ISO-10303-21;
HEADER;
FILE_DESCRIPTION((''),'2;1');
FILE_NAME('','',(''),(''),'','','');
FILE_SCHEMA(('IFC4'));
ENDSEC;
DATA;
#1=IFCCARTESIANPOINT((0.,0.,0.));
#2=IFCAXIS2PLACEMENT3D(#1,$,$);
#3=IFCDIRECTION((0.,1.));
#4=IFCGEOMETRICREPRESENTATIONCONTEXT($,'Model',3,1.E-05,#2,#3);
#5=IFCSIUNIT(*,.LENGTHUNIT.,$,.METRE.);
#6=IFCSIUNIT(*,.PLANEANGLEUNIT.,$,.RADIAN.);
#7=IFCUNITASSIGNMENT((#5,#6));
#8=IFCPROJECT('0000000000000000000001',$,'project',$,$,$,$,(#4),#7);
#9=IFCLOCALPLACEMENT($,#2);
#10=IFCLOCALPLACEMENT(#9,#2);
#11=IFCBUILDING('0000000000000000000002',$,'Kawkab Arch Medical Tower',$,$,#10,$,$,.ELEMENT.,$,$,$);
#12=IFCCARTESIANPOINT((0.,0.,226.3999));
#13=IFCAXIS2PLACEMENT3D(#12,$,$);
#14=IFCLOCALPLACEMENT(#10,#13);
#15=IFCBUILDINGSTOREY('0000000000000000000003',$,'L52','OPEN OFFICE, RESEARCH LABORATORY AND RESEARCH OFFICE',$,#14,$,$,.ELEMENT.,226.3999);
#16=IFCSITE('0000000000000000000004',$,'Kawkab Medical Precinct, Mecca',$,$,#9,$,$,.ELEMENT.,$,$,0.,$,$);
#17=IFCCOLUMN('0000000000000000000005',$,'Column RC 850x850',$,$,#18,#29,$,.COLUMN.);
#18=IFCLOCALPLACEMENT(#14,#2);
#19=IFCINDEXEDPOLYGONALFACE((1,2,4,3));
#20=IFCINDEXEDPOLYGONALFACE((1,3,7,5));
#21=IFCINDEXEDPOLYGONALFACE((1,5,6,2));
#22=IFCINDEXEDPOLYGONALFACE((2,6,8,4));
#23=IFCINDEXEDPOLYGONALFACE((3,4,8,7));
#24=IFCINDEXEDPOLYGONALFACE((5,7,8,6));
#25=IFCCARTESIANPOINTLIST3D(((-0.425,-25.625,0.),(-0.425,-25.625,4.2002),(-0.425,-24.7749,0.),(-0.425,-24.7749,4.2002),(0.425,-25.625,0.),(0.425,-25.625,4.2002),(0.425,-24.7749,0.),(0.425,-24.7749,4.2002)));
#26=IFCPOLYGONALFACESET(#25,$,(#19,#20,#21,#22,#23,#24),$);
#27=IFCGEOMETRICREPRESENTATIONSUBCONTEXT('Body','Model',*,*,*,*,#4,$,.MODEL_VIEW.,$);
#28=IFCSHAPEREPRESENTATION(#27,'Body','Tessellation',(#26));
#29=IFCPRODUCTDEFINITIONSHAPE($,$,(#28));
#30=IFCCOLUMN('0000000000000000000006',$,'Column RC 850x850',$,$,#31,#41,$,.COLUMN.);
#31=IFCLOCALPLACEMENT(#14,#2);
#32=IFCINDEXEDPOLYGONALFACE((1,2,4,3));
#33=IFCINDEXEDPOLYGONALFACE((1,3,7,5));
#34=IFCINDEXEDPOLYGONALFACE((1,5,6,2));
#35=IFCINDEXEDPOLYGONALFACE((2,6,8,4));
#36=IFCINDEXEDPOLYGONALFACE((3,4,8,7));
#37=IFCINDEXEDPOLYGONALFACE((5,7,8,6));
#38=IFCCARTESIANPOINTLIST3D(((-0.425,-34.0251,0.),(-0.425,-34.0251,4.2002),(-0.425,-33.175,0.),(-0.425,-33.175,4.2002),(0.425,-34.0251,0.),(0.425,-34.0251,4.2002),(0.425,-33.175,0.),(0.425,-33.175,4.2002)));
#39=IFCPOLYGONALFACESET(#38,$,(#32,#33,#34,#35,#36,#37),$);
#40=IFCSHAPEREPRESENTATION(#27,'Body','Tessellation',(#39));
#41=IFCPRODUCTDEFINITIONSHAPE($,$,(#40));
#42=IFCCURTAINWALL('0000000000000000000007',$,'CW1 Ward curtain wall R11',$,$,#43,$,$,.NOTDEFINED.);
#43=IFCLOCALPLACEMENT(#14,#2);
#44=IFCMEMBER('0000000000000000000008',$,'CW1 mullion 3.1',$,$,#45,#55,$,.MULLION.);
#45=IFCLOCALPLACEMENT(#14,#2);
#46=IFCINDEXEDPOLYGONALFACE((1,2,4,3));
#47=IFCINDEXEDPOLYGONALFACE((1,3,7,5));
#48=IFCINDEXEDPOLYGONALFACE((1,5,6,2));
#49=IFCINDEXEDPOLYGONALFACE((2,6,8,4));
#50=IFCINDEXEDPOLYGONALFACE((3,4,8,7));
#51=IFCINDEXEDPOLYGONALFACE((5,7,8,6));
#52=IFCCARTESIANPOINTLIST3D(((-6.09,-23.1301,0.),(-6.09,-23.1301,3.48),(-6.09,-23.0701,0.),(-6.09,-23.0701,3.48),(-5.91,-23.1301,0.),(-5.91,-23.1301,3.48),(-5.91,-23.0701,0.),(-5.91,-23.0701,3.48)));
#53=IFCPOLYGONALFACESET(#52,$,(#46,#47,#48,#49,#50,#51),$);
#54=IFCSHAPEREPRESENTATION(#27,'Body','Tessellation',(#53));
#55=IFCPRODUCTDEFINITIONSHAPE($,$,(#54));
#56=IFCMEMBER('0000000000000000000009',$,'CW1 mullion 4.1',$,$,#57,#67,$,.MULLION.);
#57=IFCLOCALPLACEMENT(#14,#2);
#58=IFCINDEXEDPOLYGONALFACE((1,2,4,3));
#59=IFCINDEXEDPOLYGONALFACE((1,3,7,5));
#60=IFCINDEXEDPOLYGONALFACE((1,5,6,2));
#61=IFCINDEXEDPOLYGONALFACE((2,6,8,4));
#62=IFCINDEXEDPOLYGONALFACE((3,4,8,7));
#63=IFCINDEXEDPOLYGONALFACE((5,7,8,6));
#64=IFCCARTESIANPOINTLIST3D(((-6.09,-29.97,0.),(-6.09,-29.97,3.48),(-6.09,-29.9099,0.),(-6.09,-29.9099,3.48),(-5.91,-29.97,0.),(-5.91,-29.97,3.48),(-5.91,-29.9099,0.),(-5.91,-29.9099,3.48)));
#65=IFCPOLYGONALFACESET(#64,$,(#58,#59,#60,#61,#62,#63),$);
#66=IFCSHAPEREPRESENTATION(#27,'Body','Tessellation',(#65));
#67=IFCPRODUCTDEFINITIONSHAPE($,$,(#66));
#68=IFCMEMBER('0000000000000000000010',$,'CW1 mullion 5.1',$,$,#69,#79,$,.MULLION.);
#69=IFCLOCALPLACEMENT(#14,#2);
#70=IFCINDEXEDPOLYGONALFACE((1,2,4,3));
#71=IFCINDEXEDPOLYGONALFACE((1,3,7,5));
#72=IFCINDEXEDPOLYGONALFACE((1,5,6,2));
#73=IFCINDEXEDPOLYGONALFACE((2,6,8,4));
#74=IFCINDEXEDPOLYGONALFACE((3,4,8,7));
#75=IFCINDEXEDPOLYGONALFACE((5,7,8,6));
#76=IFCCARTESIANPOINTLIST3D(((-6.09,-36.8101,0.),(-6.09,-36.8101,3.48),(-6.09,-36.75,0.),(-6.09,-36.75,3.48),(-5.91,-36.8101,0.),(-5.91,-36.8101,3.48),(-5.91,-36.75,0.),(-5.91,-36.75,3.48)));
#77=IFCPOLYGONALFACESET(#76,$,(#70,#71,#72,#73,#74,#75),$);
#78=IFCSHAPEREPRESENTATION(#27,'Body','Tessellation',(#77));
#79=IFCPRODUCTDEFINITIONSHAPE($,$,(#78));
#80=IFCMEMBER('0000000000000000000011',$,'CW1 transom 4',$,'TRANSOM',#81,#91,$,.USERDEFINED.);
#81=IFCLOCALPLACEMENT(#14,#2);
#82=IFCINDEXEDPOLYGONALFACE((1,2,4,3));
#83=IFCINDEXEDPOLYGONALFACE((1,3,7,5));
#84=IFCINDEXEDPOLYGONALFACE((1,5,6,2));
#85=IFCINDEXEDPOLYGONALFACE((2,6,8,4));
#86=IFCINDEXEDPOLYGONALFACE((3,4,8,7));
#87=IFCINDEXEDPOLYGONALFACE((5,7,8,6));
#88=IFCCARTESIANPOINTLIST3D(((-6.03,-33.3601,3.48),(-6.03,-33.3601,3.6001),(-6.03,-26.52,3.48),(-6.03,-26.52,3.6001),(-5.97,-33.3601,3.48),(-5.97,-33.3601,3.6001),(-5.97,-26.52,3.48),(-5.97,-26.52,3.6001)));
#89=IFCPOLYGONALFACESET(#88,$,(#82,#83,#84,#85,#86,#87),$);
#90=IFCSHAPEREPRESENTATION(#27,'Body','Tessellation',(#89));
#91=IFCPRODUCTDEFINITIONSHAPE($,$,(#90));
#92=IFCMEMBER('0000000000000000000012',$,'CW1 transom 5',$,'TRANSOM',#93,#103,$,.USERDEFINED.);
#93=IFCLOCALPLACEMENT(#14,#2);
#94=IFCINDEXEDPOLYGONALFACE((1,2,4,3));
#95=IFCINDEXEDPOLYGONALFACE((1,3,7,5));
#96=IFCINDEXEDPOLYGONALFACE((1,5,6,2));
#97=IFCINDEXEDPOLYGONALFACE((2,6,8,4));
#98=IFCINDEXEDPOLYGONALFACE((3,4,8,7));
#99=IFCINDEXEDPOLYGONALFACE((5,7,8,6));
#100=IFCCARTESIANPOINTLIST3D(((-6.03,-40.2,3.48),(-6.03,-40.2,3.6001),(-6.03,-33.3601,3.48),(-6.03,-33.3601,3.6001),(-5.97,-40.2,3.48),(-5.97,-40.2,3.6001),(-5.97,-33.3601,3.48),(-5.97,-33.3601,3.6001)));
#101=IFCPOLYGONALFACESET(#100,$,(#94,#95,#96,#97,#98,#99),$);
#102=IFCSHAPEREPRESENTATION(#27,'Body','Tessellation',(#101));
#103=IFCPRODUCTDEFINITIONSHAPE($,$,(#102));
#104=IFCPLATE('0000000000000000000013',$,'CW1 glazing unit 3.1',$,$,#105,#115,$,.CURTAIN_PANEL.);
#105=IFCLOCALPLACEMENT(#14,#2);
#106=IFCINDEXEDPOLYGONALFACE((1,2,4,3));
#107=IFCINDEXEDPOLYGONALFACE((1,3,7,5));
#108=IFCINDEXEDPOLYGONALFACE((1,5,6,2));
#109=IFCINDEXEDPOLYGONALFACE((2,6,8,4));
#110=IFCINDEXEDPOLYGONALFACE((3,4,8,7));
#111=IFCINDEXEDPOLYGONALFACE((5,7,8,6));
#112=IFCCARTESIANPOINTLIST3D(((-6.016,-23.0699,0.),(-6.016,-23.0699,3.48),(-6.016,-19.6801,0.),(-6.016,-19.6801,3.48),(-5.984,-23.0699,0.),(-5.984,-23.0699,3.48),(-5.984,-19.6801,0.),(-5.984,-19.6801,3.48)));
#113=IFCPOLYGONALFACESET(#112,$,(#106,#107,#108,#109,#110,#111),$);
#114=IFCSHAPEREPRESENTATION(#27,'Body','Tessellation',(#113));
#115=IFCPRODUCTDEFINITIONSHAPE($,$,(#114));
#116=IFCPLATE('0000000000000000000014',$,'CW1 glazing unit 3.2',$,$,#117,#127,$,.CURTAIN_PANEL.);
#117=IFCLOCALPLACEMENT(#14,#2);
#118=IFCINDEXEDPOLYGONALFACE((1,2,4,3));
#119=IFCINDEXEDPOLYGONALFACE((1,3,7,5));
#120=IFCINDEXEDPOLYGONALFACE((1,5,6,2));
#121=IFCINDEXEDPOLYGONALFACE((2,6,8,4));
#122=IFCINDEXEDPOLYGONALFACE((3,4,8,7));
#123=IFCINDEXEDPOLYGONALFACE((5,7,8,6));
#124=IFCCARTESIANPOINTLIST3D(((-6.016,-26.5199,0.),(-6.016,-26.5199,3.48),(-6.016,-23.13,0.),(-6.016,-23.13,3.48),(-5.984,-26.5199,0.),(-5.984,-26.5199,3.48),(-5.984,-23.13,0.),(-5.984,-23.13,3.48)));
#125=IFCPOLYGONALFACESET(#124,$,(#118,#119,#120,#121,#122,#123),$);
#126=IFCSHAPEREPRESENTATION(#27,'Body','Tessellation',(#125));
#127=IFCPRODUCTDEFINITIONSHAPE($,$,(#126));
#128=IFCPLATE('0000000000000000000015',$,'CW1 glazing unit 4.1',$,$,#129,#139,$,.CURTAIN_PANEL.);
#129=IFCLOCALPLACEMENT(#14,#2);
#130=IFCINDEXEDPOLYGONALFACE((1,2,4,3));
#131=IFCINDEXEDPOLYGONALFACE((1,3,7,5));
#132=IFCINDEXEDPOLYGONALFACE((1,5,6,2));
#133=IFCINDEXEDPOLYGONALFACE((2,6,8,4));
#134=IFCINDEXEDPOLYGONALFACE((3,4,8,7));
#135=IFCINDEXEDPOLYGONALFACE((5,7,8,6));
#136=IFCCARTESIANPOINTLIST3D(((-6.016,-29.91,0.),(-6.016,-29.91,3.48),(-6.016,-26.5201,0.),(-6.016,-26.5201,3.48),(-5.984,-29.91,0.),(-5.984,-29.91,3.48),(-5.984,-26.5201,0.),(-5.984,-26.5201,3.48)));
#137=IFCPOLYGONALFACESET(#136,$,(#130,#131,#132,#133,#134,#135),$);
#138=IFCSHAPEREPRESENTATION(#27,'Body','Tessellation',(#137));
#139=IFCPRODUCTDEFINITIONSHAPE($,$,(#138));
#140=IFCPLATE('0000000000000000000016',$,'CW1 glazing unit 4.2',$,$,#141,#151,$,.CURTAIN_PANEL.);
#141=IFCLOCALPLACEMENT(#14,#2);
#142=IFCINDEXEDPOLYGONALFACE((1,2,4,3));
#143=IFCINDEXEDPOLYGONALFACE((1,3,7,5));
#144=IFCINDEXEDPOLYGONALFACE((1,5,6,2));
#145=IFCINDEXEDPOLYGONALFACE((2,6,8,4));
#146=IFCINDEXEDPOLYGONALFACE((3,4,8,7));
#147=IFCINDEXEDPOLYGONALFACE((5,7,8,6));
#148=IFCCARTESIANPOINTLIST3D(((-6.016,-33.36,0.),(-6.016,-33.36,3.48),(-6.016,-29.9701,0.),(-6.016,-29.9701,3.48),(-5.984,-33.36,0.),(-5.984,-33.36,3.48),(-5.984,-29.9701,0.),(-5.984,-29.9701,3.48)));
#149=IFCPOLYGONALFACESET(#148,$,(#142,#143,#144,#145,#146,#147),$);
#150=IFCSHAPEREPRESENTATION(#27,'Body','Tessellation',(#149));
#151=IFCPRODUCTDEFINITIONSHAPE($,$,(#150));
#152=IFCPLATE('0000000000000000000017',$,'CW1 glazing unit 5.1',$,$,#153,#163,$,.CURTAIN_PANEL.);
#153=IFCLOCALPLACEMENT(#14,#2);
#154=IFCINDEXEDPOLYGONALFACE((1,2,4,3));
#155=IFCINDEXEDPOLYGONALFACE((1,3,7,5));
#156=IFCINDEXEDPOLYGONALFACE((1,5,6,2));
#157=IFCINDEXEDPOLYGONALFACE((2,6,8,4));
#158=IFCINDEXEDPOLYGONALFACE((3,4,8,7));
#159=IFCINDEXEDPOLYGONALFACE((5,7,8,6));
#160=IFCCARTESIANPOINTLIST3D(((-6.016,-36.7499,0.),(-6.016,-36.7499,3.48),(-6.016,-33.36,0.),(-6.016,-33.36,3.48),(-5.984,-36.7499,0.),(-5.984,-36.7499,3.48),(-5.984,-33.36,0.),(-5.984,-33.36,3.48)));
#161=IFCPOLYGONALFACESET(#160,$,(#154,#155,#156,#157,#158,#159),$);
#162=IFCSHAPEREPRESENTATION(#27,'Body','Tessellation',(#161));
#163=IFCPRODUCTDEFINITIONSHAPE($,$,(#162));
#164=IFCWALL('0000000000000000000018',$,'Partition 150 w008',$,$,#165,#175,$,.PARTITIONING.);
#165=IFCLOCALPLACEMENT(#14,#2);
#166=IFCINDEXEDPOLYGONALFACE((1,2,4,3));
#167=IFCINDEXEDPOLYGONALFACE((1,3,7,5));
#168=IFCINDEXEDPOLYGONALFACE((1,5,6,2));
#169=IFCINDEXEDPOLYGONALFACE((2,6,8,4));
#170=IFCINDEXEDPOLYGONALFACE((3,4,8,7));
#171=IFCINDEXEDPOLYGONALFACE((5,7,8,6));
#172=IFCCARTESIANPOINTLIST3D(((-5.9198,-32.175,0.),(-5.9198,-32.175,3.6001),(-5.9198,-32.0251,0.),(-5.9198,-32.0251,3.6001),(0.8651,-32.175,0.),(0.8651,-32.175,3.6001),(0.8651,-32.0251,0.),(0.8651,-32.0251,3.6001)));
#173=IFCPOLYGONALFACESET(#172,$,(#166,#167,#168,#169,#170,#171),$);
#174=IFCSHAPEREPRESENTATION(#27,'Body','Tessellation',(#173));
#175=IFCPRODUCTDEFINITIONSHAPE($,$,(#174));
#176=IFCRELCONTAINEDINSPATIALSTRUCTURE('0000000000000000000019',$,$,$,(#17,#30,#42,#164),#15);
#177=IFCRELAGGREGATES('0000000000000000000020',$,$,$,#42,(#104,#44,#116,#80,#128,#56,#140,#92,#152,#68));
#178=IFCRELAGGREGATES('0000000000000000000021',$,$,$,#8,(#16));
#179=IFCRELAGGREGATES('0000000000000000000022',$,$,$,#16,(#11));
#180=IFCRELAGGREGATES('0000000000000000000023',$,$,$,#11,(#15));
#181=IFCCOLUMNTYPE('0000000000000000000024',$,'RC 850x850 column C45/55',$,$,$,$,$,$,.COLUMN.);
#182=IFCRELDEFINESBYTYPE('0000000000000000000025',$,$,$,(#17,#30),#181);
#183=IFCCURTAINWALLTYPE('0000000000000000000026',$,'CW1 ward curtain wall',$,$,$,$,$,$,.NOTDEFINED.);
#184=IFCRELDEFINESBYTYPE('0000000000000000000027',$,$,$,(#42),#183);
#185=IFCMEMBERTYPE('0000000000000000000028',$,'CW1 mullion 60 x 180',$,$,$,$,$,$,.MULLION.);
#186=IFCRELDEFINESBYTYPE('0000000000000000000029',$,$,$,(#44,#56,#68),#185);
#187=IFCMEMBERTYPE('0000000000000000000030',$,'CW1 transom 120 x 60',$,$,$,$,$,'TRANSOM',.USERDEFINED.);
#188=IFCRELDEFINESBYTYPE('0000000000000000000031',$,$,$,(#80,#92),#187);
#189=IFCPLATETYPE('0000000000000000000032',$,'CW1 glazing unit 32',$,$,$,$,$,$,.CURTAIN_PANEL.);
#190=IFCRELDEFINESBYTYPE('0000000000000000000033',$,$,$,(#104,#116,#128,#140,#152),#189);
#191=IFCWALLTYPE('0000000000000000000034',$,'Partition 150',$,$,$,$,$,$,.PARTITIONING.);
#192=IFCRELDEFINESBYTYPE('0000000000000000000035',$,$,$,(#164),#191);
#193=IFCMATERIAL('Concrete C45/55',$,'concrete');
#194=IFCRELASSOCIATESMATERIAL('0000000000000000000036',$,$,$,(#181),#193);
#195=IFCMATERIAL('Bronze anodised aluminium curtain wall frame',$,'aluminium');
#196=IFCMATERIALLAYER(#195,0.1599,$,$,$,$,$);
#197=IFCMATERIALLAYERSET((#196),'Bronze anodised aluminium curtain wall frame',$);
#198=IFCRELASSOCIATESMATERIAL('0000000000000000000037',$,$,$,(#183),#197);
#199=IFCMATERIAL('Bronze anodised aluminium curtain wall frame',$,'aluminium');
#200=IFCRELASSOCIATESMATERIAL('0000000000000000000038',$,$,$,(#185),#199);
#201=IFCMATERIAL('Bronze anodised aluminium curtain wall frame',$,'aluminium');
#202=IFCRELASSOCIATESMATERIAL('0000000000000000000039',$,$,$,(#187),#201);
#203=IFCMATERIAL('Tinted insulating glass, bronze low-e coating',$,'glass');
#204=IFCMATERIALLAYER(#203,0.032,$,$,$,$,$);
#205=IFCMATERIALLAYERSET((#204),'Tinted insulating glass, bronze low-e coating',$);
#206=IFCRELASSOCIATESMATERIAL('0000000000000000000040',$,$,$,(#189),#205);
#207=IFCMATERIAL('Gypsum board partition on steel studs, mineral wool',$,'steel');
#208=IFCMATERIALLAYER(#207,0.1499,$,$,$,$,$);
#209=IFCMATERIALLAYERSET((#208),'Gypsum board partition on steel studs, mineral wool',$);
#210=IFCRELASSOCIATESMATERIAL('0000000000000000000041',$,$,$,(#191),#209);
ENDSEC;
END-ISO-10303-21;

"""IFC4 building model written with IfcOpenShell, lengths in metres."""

from ifc_helpers import new_model, si_unit, direction, frame, frame_2d, origin, origin_2d, place, context, subcontext, project, spatial, rectangle, extrude, material, layer, layer_set, material_profile, profile_set, type_object, element, aggregate, save


model = new_model("IFC4")

# Units and contexts
model_context = context("Model", 3, precision=1e-05, world=origin(), true_north=direction((0.0, 1.0)))
body_context = subcontext(model_context, "Body", "Model", "MODEL_VIEW")
ifc_project = project(units=[si_unit("LENGTHUNIT", "METRE"), si_unit("PLANEANGLEUNIT", "RADIAN")], contexts=[model_context])

# Site, building, storey
site_placement = place(None, origin())
site = spatial("IfcSite", under=ifc_project, at=site_placement, Name="Kawkab Medical Precinct, Mecca", CompositionType="ELEMENT", RefElevation=0.0)
building_placement = place(site_placement, origin())
building = spatial("IfcBuilding", under=site, at=building_placement, Name="Kawkab Arch Medical Tower", CompositionType="ELEMENT")
storey_placement = place(building_placement, frame((0.0, 0.0, 226.3999)))
storey = spatial("IfcBuildingStorey", under=building, at=storey_placement, Name="L52", Description="OPEN OFFICE, RESEARCH LABORATORY AND RESEARCH OFFICE", CompositionType="ELEMENT", Elevation=226.3999)

# Columns
ifc_material_1 = material(Name="Concrete C45/55", Category="concrete")
ifc_material_profile_1 = material_profile(ifc_material_1, rectangle(XDim=0.8501, YDim=0.8501, at=origin_2d()), Name="RC 850x850")
ifc_profile_set_1 = profile_set([ifc_material_profile_1], Name="Concrete C45/55")
column_type = type_object("IfcColumnType", Name="RC 850x850 column C45/55", PredefinedType="COLUMN", material=ifc_profile_set_1)
for number, where, z_axis, x_axis, name in (
    (1, (0.0, -25.2, 0.0), (0.0, 0.0, 1.0), (1.0, 0.0, 0.0), "Column RC 850x850"),
    (2, (0.0, -33.6001, 0.0), (0.0, 0.0, 1.0), (1.0, 0.0, 0.0), "Column RC 850x850"),
):
    element("IfcColumn", number, at=place(storey_placement, frame(where, z_axis=z_axis, x_axis=x_axis)), inside=storey, type_object=column_type, Name=name, PredefinedType="COLUMN", context=body_context, shape_type="SweptSolid", body=[
        extrude(rectangle(XDim=0.8501, YDim=0.8501, at=origin_2d()), origin(), (0.0, 0.0, 1.0), 4.2002),
    ])

# Curtain wall, members, plates
ifc_material_2 = material(Name="Bronze anodised aluminium curtain wall frame", Category="aluminium")
ifc_layer_1 = layer(ifc_material_2, 0.1599)
ifc_layer_set_1 = layer_set([ifc_layer_1], Name="Bronze anodised aluminium curtain wall frame")
curtain_wall_type = type_object("IfcCurtainWallType", Name="CW1 ward curtain wall", PredefinedType="NOTDEFINED", material=ifc_layer_set_1)
curtain_wall_placement = place(storey_placement, origin())
curtain_wall = element("IfcCurtainWall", 3, at=curtain_wall_placement, inside=storey, type_object=curtain_wall_type, Name="CW1 Ward curtain wall R11", PredefinedType="NOTDEFINED")
ifc_material_3 = material(Name="Bronze anodised aluminium curtain wall frame", Category="aluminium")
ifc_material_profile_2 = material_profile(ifc_material_3, rectangle(XDim=0.1799, YDim=0.0601, at=origin_2d()), Name="AL 60x180")
ifc_profile_set_2 = profile_set([ifc_material_profile_2], Name="Bronze anodised aluminium curtain wall frame")
member_type_1 = type_object("IfcMemberType", Name="CW1 mullion 60 x 180", PredefinedType="MULLION", material=ifc_profile_set_2)
member_1_placement = place(storey_placement, frame((-6.0, -23.1001, 0.0), z_axis=(0.0, 0.0, 1.0), x_axis=(1.0, 0.0, 0.0)))
member_1 = element("IfcMember", 4, at=member_1_placement, type_object=member_type_1, Name="CW1 mullion 3.1", PredefinedType="MULLION", context=body_context, shape_type="SweptSolid", body=[
    extrude(rectangle(XDim=0.1799, YDim=0.0601, at=origin_2d()), origin(), (0.0, 0.0, 1.0), 3.48),
])
member_2_placement = place(storey_placement, frame((-6.0, -29.9399, 0.0), z_axis=(0.0, 0.0, 1.0), x_axis=(1.0, 0.0, 0.0)))
member_2 = element("IfcMember", 5, at=member_2_placement, type_object=member_type_1, Name="CW1 mullion 4.1", PredefinedType="MULLION", context=body_context, shape_type="SweptSolid", body=[
    extrude(rectangle(XDim=0.1799, YDim=0.0601, at=origin_2d()), origin(), (0.0, 0.0, 1.0), 3.48),
])
member_3_placement = place(storey_placement, frame((-6.0, -36.78, 0.0), z_axis=(0.0, 0.0, 1.0), x_axis=(1.0, 0.0, 0.0)))
member_3 = element("IfcMember", 6, at=member_3_placement, type_object=member_type_1, Name="CW1 mullion 5.1", PredefinedType="MULLION", context=body_context, shape_type="SweptSolid", body=[
    extrude(rectangle(XDim=0.1799, YDim=0.0601, at=origin_2d()), origin(), (0.0, 0.0, 1.0), 3.48),
])
ifc_material_4 = material(Name="Bronze anodised aluminium curtain wall frame", Category="aluminium")
ifc_material_profile_3 = material_profile(ifc_material_4, rectangle(XDim=0.0601, YDim=0.1201, at=origin_2d()), Name="AL 60x120")
ifc_profile_set_3 = profile_set([ifc_material_profile_3], Name="Bronze anodised aluminium curtain wall frame")
member_type_2 = type_object("IfcMemberType", Name="CW1 transom 120 x 60", ElementType="TRANSOM", PredefinedType="USERDEFINED", material=ifc_profile_set_3)
member_4_placement = place(storey_placement, frame((-6.0, -26.52, 3.54), z_axis=(0.0, -1.0, 0.0), x_axis=(1.0, 0.0, 0.0)))
member_4 = element("IfcMember", 7, at=member_4_placement, type_object=member_type_2, Name="CW1 transom 4", ObjectType="TRANSOM", PredefinedType="USERDEFINED", context=body_context, shape_type="SweptSolid", body=[
    extrude(rectangle(XDim=0.0601, YDim=0.1201, at=origin_2d()), origin(), (0.0, 0.0, 1.0), 6.8401),
])
member_5_placement = place(storey_placement, frame((-6.0, -33.3601, 3.54), z_axis=(0.0, -1.0, 0.0), x_axis=(1.0, 0.0, 0.0)))
member_5 = element("IfcMember", 8, at=member_5_placement, type_object=member_type_2, Name="CW1 transom 5", ObjectType="TRANSOM", PredefinedType="USERDEFINED", context=body_context, shape_type="SweptSolid", body=[
    extrude(rectangle(XDim=0.0601, YDim=0.1201, at=origin_2d()), origin(), (0.0, 0.0, 1.0), 6.8398),
])
ifc_material_5 = material(Name="Tinted insulating glass, bronze low-e coating", Category="glass")
ifc_layer_2 = layer(ifc_material_5, 0.032)
ifc_layer_set_2 = layer_set([ifc_layer_2], Name="Tinted insulating glass, bronze low-e coating")
plate_type = type_object("IfcPlateType", Name="CW1 glazing unit 32", PredefinedType="CURTAIN_PANEL", material=ifc_layer_set_2)
plate_1_placement = place(storey_placement, frame((-6.0, -21.375, 0.0), z_axis=(0.0, 0.0, 1.0), x_axis=(0.0, -1.0, 0.0)))
plate_1 = element("IfcPlate", 9, at=plate_1_placement, type_object=plate_type, Name="CW1 glazing unit 3.1", PredefinedType="CURTAIN_PANEL", context=body_context, shape_type="SweptSolid", body=[
    extrude(rectangle(XDim=3.3899, YDim=0.032, at=origin_2d()), origin(), (0.0, 0.0, 1.0), 3.48),
])
plate_2_placement = place(storey_placement, frame((-6.0, -24.825, 0.0), z_axis=(0.0, 0.0, 1.0), x_axis=(0.0, -1.0, 0.0)))
plate_2 = element("IfcPlate", 10, at=plate_2_placement, type_object=plate_type, Name="CW1 glazing unit 3.2", PredefinedType="CURTAIN_PANEL", context=body_context, shape_type="SweptSolid", body=[
    extrude(rectangle(XDim=3.3899, YDim=0.032, at=origin_2d()), origin(), (0.0, 0.0, 1.0), 3.48),
])
plate_3_placement = place(storey_placement, frame((-6.0, -28.2151, 0.0), z_axis=(0.0, 0.0, 1.0), x_axis=(0.0, -1.0, 0.0)))
plate_3 = element("IfcPlate", 11, at=plate_3_placement, type_object=plate_type, Name="CW1 glazing unit 4.1", PredefinedType="CURTAIN_PANEL", context=body_context, shape_type="SweptSolid", body=[
    extrude(rectangle(XDim=3.3899, YDim=0.032, at=origin_2d()), origin(), (0.0, 0.0, 1.0), 3.48),
])
plate_4_placement = place(storey_placement, frame((-6.0, -31.665, 0.0), z_axis=(0.0, 0.0, 1.0), x_axis=(0.0, -1.0, 0.0)))
plate_4 = element("IfcPlate", 12, at=plate_4_placement, type_object=plate_type, Name="CW1 glazing unit 4.2", PredefinedType="CURTAIN_PANEL", context=body_context, shape_type="SweptSolid", body=[
    extrude(rectangle(XDim=3.3899, YDim=0.032, at=origin_2d()), origin(), (0.0, 0.0, 1.0), 3.48),
])
plate_5_placement = place(storey_placement, frame((-6.0, -35.0549, 0.0), z_axis=(0.0, 0.0, 1.0), x_axis=(0.0, -1.0, 0.0)))
plate_5 = element("IfcPlate", 13, at=plate_5_placement, type_object=plate_type, Name="CW1 glazing unit 5.1", PredefinedType="CURTAIN_PANEL", context=body_context, shape_type="SweptSolid", body=[
    extrude(rectangle(XDim=3.3899, YDim=0.032, at=origin_2d()), origin(), (0.0, 0.0, 1.0), 3.48),
])
aggregate(curtain_wall, [plate_1, member_1, plate_2, member_4, plate_3, member_2, plate_4, member_5, plate_5, member_3])

# Wall
ifc_material_6 = material(Name="Gypsum board partition on steel studs, mineral wool", Category="steel")
ifc_layer_3 = layer(ifc_material_6, 0.1499)
ifc_layer_set_3 = layer_set([ifc_layer_3], Name="Gypsum board partition on steel studs, mineral wool")
wall_type_1 = type_object("IfcWallType", Name="Partition 150", PredefinedType="PARTITIONING", material=ifc_layer_set_3)
wall_1_placement = place(storey_placement, frame((-5.9199, -32.1001, 0.0), z_axis=(0.0, 0.0, 1.0), x_axis=(1.0, 0.0, 0.0)))
element("IfcWall", 14, at=wall_1_placement, inside=storey, type_object=wall_type_1, Name="Partition 150 w008", PredefinedType="PARTITIONING", context=body_context, shape_type="SweptSolid", body=[
    extrude(rectangle(XDim=6.7849, YDim=0.1499, at=frame_2d((3.3926, 0.0))), origin(), (0.0, 0.0, 1.0), 3.6001),
])

save(model, "model.ifc")
